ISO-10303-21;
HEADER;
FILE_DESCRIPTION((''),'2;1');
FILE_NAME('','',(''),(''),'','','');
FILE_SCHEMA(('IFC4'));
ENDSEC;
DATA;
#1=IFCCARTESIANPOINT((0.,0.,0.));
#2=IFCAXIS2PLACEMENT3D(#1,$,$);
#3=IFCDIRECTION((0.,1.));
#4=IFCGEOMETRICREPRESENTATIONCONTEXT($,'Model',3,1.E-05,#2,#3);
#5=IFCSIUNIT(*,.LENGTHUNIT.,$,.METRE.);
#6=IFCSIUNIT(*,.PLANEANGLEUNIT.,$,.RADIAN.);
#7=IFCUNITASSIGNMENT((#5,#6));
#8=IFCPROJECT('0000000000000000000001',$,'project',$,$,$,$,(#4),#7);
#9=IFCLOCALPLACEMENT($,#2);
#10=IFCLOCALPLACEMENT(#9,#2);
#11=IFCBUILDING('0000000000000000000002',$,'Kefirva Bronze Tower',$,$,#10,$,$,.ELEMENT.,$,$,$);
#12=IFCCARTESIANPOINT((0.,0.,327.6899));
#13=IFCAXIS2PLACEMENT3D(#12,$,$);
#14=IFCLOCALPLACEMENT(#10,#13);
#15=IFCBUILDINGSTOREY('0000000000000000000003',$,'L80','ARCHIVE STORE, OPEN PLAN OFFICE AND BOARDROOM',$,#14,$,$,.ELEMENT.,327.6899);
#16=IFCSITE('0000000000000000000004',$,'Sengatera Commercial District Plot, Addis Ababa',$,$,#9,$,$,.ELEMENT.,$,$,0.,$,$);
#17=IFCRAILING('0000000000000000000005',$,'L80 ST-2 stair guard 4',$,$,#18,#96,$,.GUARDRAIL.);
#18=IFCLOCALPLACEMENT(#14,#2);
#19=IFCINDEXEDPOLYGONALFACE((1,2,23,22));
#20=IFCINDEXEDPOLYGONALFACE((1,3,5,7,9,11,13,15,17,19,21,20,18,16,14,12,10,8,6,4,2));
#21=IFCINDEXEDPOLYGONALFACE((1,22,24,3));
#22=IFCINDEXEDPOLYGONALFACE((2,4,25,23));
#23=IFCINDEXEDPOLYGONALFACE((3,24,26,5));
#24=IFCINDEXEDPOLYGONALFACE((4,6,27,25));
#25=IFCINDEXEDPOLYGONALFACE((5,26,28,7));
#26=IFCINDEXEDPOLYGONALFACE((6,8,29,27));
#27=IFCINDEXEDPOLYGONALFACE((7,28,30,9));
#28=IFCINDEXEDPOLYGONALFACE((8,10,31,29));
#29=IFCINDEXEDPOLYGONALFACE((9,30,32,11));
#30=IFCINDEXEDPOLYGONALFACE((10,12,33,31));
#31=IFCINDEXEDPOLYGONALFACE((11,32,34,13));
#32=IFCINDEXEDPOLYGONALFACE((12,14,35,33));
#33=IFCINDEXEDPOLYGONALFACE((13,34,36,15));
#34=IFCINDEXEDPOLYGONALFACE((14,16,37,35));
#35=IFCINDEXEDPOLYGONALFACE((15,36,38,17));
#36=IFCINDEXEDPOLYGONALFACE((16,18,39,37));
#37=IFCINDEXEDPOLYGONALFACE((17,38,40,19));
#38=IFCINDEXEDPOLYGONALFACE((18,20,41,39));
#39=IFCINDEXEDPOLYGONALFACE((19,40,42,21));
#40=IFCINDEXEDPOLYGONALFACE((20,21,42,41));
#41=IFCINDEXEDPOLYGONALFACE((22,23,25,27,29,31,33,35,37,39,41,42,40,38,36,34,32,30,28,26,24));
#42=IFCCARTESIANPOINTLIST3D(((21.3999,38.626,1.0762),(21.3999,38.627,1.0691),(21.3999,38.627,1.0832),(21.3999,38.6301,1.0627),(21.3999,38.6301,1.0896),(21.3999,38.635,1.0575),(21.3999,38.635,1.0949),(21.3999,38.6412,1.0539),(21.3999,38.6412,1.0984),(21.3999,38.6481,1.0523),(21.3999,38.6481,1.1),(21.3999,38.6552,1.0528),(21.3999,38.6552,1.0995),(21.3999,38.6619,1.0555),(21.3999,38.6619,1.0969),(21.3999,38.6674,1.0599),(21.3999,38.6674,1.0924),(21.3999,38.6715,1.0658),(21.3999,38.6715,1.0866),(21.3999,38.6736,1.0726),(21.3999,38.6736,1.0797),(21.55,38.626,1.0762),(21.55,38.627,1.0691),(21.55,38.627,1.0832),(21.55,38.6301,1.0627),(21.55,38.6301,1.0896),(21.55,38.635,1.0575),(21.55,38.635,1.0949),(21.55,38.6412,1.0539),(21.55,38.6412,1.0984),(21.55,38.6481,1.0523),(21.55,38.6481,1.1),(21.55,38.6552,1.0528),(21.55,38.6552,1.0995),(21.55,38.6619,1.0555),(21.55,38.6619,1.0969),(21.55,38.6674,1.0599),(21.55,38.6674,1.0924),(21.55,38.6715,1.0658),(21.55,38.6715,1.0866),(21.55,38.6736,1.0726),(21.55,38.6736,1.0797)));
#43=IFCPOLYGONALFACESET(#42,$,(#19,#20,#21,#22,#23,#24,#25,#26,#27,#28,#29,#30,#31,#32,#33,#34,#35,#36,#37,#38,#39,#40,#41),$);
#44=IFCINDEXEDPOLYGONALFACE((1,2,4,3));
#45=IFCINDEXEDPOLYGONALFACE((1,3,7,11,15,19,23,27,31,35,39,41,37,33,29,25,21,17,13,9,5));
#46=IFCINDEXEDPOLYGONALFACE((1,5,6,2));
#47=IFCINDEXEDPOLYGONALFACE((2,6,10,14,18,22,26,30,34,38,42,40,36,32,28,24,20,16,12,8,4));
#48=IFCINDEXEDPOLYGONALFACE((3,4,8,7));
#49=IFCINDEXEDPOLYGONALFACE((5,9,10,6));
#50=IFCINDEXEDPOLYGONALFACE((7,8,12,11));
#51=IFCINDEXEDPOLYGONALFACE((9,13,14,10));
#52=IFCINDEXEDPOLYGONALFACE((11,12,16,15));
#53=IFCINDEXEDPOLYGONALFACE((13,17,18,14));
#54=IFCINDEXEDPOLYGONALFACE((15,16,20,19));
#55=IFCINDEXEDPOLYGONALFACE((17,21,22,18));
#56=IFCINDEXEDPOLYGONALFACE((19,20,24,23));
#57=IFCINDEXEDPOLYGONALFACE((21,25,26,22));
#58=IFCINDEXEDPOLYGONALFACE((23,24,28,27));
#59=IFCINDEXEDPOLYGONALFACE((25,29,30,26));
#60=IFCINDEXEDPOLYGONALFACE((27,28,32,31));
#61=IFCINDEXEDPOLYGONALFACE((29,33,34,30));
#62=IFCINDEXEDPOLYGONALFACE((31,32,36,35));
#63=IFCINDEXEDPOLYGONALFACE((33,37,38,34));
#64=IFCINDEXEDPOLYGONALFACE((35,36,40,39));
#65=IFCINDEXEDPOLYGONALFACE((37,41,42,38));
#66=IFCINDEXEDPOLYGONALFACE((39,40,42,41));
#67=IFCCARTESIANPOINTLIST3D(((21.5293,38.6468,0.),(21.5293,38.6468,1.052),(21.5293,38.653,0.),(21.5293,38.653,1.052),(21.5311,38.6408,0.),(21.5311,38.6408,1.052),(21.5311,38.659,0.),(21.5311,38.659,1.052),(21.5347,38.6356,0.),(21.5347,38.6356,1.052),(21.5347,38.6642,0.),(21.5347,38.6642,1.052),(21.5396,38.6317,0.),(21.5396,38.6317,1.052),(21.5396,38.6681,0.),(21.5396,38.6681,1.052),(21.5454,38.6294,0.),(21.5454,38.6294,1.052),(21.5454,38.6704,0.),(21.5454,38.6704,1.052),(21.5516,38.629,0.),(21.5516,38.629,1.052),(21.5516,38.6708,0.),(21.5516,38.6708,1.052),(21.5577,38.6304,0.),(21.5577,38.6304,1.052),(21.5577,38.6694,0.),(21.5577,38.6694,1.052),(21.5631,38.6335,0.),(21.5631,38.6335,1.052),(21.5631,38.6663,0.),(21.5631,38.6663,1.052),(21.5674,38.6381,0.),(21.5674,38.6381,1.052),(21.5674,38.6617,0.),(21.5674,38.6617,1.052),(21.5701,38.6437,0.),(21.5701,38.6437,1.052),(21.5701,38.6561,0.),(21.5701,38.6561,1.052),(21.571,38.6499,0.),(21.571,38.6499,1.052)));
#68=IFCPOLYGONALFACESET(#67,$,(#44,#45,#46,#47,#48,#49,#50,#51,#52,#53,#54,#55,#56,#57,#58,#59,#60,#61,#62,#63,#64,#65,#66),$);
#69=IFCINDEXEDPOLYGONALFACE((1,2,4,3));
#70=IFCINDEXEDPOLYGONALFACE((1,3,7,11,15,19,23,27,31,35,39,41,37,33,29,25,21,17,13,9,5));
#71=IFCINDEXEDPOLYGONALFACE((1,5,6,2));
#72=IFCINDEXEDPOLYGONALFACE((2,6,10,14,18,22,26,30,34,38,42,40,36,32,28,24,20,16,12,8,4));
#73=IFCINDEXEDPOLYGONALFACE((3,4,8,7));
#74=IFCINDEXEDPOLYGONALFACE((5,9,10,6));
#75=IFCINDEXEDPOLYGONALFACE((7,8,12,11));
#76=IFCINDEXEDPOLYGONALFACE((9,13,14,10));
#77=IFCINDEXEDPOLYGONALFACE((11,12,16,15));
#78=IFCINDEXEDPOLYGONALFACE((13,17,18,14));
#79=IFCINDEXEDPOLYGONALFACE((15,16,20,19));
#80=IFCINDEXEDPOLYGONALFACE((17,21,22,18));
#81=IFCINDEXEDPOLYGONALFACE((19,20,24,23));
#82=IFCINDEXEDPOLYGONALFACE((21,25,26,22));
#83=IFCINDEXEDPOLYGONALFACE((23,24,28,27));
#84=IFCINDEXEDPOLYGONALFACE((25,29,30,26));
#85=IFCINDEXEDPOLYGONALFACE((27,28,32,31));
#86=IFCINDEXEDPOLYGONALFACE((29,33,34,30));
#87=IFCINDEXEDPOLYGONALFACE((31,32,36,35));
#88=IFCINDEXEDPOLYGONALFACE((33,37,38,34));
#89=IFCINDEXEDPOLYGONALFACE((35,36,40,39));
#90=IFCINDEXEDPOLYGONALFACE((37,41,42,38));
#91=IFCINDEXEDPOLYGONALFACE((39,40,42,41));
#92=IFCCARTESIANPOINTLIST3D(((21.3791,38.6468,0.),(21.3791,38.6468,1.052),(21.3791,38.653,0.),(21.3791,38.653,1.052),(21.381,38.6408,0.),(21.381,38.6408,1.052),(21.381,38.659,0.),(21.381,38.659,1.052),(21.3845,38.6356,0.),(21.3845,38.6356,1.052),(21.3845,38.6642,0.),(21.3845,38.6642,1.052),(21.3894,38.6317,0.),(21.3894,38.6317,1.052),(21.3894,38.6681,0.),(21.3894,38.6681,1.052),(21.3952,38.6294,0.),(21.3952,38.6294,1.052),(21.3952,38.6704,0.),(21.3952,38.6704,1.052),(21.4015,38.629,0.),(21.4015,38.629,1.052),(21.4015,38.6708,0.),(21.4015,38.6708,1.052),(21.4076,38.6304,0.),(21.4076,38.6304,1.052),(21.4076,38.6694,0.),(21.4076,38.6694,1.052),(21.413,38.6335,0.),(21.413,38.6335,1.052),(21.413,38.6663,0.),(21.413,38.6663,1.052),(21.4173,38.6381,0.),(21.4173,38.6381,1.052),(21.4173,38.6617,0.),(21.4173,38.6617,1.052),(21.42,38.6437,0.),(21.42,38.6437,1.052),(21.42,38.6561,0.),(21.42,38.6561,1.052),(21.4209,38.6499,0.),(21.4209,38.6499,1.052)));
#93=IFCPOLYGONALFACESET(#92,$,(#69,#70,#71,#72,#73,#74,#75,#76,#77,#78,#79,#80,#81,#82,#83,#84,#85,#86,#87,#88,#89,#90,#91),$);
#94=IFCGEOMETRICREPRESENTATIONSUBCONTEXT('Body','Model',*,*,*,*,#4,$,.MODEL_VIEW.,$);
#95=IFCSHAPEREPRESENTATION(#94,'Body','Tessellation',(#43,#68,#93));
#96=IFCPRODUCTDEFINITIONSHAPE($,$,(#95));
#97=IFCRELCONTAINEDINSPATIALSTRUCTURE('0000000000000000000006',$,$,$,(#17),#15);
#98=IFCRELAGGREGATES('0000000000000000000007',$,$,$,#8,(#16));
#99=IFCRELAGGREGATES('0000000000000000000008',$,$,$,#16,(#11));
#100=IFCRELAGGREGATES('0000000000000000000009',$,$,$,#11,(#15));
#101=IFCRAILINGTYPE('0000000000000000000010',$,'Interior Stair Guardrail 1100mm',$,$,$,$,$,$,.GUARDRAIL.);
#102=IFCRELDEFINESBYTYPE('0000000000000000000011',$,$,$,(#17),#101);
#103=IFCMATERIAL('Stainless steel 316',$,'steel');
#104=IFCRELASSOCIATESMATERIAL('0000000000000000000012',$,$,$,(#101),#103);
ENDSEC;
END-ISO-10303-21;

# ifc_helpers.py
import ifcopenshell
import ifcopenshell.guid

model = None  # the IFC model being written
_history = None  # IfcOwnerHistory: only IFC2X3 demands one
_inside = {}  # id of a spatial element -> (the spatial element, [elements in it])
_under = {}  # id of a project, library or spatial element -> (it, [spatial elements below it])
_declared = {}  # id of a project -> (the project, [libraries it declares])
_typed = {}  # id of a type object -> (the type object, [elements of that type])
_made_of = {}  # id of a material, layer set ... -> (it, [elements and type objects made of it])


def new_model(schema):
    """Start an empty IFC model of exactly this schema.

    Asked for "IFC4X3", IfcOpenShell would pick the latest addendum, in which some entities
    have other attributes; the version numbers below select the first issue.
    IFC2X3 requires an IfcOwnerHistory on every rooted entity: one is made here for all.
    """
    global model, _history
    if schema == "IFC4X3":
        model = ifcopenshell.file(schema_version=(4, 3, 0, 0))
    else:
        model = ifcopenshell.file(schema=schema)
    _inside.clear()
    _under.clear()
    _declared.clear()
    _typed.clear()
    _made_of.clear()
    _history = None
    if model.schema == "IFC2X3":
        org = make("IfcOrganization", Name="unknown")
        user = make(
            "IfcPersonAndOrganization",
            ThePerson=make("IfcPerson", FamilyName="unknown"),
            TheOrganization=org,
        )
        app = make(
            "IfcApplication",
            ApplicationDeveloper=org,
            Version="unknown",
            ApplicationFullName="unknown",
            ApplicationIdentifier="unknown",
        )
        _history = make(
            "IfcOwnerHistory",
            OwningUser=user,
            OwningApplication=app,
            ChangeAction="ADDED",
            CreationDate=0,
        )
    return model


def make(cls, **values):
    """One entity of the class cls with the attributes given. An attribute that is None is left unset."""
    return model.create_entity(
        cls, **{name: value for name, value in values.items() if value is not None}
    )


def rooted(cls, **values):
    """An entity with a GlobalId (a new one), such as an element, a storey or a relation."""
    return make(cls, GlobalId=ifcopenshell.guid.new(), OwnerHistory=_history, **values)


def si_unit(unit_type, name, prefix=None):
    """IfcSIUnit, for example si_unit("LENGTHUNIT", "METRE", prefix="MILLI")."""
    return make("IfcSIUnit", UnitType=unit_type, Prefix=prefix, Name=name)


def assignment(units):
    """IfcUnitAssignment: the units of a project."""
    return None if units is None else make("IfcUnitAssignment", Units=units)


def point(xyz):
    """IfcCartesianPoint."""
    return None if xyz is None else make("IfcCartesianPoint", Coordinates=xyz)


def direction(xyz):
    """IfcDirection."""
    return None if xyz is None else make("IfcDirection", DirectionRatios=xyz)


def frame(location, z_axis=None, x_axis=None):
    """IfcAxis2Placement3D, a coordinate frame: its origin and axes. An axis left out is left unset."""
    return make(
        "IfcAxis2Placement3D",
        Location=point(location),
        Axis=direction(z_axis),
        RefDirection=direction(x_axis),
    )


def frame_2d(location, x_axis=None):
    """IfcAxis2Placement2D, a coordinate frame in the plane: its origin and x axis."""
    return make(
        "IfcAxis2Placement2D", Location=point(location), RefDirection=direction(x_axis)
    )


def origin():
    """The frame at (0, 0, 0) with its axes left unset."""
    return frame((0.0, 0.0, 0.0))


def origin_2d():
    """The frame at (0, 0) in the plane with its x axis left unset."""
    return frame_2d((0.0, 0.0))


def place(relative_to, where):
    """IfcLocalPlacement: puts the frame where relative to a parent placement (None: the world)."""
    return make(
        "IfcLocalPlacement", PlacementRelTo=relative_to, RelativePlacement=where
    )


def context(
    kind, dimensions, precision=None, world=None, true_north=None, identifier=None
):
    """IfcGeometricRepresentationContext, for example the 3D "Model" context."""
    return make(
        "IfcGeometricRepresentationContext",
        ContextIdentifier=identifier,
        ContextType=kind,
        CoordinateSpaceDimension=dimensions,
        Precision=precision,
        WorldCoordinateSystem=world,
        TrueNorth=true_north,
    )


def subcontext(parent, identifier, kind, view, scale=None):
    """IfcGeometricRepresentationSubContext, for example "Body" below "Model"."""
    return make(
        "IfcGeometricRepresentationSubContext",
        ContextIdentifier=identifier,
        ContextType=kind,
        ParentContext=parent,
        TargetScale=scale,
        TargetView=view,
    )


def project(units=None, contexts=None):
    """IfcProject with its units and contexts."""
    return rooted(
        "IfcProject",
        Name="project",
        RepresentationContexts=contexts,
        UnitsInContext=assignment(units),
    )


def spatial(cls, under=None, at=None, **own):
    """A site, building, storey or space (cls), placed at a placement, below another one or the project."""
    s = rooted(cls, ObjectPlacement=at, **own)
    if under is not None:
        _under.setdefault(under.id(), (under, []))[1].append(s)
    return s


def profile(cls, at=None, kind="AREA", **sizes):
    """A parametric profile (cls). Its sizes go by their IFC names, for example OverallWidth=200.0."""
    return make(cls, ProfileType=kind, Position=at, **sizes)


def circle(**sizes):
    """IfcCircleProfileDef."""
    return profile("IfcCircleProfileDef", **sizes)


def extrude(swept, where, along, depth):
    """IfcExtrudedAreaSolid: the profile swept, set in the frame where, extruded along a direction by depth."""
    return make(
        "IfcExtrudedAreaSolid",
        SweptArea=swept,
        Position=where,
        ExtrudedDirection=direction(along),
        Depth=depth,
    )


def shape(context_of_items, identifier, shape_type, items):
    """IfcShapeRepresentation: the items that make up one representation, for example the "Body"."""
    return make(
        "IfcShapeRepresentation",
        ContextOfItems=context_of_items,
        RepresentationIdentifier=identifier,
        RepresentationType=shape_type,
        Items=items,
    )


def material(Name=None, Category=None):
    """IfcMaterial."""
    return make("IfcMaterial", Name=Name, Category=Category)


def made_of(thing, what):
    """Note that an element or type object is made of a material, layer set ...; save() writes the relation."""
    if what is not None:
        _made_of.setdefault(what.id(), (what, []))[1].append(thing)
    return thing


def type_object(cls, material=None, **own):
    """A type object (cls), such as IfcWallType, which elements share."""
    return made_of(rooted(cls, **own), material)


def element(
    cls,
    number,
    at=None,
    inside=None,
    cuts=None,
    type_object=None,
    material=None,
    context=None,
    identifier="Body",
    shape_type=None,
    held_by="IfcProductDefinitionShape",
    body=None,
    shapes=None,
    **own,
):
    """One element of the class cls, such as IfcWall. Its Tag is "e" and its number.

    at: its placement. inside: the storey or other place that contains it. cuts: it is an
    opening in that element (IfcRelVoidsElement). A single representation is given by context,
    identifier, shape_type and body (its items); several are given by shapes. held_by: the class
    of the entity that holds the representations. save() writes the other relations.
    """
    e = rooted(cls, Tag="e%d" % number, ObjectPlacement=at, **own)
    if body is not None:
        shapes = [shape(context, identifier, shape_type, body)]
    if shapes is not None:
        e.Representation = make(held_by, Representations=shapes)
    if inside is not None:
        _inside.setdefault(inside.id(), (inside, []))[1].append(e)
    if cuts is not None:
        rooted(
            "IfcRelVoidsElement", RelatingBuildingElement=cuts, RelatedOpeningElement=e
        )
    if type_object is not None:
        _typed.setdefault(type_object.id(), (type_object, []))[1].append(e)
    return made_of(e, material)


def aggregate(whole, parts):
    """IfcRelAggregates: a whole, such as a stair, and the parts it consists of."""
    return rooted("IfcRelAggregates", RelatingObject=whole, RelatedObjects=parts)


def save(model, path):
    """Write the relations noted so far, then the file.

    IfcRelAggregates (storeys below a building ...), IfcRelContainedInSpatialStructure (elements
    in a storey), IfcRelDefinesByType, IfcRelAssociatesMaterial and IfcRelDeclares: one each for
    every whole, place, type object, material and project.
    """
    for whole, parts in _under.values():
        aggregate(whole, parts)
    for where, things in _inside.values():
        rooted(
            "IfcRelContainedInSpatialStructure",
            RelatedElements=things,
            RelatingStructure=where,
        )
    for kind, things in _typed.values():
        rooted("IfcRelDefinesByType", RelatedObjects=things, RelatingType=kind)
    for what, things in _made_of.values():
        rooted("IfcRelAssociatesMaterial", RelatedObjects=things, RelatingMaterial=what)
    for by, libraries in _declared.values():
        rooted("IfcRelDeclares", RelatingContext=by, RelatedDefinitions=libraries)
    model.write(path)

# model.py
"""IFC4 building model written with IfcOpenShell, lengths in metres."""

from ifc_helpers import new_model, si_unit, direction, frame, origin, origin_2d, place, context, subcontext, project, spatial, circle, extrude, material, type_object, element, save


model = new_model("IFC4")

# Units and contexts
model_context = context("Model", 3, precision=1e-05, world=origin(), true_north=direction((0.0, 1.0)))
body_context = subcontext(model_context, "Body", "Model", "MODEL_VIEW")
ifc_project = project(units=[si_unit("LENGTHUNIT", "METRE"), si_unit("PLANEANGLEUNIT", "RADIAN")], contexts=[model_context])

# Site, building, storey
site_placement = place(None, origin())
site = spatial("IfcSite", under=ifc_project, at=site_placement, Name="Sengatera Commercial District Plot, Addis Ababa", CompositionType="ELEMENT", RefElevation=0.0)
building_placement = place(site_placement, origin())
building = spatial("IfcBuilding", under=site, at=building_placement, Name="Kefirva Bronze Tower", CompositionType="ELEMENT")
storey_placement = place(building_placement, frame((0.0, 0.0, 327.6899)))
storey = spatial("IfcBuildingStorey", under=building, at=storey_placement, Name="L80", Description="ARCHIVE STORE, OPEN PLAN OFFICE AND BOARDROOM", CompositionType="ELEMENT", Elevation=327.6899)

# Shared definitions
ifc_material_1 = material(Name="Stainless steel 316", Category="steel")

# Railing
railing_type_1 = type_object("IfcRailingType", Name="Interior Stair Guardrail 1100mm", PredefinedType="GUARDRAIL", material=ifc_material_1)
railing_1_placement = place(storey_placement, frame((21.55, 38.6499, 0.0)))
element("IfcRailing", 1, at=railing_1_placement, inside=storey, type_object=railing_type_1, Name="L80 ST-2 stair guard 4", PredefinedType="GUARDRAIL", context=body_context, shape_type="SweptSolid", body=[
    extrude(circle(Radius=0.0239, at=origin_2d()), frame((0.0, 0.0, 1.0762), z_axis=(-1.0, 0.0, 0.0), x_axis=(0.0, -1.0, 0.0)), (0.0, 0.0, 1.0), 0.1501),
    extrude(circle(Radius=0.021, at=origin_2d()), origin(), (0.0, 0.0, 1.0), 1.052),
    extrude(circle(Radius=0.021, at=origin_2d()), frame((-0.1501, 0.0, 0.0)), (0.0, 0.0, 1.0), 1.052),
])

save(model, "model.ifc")
